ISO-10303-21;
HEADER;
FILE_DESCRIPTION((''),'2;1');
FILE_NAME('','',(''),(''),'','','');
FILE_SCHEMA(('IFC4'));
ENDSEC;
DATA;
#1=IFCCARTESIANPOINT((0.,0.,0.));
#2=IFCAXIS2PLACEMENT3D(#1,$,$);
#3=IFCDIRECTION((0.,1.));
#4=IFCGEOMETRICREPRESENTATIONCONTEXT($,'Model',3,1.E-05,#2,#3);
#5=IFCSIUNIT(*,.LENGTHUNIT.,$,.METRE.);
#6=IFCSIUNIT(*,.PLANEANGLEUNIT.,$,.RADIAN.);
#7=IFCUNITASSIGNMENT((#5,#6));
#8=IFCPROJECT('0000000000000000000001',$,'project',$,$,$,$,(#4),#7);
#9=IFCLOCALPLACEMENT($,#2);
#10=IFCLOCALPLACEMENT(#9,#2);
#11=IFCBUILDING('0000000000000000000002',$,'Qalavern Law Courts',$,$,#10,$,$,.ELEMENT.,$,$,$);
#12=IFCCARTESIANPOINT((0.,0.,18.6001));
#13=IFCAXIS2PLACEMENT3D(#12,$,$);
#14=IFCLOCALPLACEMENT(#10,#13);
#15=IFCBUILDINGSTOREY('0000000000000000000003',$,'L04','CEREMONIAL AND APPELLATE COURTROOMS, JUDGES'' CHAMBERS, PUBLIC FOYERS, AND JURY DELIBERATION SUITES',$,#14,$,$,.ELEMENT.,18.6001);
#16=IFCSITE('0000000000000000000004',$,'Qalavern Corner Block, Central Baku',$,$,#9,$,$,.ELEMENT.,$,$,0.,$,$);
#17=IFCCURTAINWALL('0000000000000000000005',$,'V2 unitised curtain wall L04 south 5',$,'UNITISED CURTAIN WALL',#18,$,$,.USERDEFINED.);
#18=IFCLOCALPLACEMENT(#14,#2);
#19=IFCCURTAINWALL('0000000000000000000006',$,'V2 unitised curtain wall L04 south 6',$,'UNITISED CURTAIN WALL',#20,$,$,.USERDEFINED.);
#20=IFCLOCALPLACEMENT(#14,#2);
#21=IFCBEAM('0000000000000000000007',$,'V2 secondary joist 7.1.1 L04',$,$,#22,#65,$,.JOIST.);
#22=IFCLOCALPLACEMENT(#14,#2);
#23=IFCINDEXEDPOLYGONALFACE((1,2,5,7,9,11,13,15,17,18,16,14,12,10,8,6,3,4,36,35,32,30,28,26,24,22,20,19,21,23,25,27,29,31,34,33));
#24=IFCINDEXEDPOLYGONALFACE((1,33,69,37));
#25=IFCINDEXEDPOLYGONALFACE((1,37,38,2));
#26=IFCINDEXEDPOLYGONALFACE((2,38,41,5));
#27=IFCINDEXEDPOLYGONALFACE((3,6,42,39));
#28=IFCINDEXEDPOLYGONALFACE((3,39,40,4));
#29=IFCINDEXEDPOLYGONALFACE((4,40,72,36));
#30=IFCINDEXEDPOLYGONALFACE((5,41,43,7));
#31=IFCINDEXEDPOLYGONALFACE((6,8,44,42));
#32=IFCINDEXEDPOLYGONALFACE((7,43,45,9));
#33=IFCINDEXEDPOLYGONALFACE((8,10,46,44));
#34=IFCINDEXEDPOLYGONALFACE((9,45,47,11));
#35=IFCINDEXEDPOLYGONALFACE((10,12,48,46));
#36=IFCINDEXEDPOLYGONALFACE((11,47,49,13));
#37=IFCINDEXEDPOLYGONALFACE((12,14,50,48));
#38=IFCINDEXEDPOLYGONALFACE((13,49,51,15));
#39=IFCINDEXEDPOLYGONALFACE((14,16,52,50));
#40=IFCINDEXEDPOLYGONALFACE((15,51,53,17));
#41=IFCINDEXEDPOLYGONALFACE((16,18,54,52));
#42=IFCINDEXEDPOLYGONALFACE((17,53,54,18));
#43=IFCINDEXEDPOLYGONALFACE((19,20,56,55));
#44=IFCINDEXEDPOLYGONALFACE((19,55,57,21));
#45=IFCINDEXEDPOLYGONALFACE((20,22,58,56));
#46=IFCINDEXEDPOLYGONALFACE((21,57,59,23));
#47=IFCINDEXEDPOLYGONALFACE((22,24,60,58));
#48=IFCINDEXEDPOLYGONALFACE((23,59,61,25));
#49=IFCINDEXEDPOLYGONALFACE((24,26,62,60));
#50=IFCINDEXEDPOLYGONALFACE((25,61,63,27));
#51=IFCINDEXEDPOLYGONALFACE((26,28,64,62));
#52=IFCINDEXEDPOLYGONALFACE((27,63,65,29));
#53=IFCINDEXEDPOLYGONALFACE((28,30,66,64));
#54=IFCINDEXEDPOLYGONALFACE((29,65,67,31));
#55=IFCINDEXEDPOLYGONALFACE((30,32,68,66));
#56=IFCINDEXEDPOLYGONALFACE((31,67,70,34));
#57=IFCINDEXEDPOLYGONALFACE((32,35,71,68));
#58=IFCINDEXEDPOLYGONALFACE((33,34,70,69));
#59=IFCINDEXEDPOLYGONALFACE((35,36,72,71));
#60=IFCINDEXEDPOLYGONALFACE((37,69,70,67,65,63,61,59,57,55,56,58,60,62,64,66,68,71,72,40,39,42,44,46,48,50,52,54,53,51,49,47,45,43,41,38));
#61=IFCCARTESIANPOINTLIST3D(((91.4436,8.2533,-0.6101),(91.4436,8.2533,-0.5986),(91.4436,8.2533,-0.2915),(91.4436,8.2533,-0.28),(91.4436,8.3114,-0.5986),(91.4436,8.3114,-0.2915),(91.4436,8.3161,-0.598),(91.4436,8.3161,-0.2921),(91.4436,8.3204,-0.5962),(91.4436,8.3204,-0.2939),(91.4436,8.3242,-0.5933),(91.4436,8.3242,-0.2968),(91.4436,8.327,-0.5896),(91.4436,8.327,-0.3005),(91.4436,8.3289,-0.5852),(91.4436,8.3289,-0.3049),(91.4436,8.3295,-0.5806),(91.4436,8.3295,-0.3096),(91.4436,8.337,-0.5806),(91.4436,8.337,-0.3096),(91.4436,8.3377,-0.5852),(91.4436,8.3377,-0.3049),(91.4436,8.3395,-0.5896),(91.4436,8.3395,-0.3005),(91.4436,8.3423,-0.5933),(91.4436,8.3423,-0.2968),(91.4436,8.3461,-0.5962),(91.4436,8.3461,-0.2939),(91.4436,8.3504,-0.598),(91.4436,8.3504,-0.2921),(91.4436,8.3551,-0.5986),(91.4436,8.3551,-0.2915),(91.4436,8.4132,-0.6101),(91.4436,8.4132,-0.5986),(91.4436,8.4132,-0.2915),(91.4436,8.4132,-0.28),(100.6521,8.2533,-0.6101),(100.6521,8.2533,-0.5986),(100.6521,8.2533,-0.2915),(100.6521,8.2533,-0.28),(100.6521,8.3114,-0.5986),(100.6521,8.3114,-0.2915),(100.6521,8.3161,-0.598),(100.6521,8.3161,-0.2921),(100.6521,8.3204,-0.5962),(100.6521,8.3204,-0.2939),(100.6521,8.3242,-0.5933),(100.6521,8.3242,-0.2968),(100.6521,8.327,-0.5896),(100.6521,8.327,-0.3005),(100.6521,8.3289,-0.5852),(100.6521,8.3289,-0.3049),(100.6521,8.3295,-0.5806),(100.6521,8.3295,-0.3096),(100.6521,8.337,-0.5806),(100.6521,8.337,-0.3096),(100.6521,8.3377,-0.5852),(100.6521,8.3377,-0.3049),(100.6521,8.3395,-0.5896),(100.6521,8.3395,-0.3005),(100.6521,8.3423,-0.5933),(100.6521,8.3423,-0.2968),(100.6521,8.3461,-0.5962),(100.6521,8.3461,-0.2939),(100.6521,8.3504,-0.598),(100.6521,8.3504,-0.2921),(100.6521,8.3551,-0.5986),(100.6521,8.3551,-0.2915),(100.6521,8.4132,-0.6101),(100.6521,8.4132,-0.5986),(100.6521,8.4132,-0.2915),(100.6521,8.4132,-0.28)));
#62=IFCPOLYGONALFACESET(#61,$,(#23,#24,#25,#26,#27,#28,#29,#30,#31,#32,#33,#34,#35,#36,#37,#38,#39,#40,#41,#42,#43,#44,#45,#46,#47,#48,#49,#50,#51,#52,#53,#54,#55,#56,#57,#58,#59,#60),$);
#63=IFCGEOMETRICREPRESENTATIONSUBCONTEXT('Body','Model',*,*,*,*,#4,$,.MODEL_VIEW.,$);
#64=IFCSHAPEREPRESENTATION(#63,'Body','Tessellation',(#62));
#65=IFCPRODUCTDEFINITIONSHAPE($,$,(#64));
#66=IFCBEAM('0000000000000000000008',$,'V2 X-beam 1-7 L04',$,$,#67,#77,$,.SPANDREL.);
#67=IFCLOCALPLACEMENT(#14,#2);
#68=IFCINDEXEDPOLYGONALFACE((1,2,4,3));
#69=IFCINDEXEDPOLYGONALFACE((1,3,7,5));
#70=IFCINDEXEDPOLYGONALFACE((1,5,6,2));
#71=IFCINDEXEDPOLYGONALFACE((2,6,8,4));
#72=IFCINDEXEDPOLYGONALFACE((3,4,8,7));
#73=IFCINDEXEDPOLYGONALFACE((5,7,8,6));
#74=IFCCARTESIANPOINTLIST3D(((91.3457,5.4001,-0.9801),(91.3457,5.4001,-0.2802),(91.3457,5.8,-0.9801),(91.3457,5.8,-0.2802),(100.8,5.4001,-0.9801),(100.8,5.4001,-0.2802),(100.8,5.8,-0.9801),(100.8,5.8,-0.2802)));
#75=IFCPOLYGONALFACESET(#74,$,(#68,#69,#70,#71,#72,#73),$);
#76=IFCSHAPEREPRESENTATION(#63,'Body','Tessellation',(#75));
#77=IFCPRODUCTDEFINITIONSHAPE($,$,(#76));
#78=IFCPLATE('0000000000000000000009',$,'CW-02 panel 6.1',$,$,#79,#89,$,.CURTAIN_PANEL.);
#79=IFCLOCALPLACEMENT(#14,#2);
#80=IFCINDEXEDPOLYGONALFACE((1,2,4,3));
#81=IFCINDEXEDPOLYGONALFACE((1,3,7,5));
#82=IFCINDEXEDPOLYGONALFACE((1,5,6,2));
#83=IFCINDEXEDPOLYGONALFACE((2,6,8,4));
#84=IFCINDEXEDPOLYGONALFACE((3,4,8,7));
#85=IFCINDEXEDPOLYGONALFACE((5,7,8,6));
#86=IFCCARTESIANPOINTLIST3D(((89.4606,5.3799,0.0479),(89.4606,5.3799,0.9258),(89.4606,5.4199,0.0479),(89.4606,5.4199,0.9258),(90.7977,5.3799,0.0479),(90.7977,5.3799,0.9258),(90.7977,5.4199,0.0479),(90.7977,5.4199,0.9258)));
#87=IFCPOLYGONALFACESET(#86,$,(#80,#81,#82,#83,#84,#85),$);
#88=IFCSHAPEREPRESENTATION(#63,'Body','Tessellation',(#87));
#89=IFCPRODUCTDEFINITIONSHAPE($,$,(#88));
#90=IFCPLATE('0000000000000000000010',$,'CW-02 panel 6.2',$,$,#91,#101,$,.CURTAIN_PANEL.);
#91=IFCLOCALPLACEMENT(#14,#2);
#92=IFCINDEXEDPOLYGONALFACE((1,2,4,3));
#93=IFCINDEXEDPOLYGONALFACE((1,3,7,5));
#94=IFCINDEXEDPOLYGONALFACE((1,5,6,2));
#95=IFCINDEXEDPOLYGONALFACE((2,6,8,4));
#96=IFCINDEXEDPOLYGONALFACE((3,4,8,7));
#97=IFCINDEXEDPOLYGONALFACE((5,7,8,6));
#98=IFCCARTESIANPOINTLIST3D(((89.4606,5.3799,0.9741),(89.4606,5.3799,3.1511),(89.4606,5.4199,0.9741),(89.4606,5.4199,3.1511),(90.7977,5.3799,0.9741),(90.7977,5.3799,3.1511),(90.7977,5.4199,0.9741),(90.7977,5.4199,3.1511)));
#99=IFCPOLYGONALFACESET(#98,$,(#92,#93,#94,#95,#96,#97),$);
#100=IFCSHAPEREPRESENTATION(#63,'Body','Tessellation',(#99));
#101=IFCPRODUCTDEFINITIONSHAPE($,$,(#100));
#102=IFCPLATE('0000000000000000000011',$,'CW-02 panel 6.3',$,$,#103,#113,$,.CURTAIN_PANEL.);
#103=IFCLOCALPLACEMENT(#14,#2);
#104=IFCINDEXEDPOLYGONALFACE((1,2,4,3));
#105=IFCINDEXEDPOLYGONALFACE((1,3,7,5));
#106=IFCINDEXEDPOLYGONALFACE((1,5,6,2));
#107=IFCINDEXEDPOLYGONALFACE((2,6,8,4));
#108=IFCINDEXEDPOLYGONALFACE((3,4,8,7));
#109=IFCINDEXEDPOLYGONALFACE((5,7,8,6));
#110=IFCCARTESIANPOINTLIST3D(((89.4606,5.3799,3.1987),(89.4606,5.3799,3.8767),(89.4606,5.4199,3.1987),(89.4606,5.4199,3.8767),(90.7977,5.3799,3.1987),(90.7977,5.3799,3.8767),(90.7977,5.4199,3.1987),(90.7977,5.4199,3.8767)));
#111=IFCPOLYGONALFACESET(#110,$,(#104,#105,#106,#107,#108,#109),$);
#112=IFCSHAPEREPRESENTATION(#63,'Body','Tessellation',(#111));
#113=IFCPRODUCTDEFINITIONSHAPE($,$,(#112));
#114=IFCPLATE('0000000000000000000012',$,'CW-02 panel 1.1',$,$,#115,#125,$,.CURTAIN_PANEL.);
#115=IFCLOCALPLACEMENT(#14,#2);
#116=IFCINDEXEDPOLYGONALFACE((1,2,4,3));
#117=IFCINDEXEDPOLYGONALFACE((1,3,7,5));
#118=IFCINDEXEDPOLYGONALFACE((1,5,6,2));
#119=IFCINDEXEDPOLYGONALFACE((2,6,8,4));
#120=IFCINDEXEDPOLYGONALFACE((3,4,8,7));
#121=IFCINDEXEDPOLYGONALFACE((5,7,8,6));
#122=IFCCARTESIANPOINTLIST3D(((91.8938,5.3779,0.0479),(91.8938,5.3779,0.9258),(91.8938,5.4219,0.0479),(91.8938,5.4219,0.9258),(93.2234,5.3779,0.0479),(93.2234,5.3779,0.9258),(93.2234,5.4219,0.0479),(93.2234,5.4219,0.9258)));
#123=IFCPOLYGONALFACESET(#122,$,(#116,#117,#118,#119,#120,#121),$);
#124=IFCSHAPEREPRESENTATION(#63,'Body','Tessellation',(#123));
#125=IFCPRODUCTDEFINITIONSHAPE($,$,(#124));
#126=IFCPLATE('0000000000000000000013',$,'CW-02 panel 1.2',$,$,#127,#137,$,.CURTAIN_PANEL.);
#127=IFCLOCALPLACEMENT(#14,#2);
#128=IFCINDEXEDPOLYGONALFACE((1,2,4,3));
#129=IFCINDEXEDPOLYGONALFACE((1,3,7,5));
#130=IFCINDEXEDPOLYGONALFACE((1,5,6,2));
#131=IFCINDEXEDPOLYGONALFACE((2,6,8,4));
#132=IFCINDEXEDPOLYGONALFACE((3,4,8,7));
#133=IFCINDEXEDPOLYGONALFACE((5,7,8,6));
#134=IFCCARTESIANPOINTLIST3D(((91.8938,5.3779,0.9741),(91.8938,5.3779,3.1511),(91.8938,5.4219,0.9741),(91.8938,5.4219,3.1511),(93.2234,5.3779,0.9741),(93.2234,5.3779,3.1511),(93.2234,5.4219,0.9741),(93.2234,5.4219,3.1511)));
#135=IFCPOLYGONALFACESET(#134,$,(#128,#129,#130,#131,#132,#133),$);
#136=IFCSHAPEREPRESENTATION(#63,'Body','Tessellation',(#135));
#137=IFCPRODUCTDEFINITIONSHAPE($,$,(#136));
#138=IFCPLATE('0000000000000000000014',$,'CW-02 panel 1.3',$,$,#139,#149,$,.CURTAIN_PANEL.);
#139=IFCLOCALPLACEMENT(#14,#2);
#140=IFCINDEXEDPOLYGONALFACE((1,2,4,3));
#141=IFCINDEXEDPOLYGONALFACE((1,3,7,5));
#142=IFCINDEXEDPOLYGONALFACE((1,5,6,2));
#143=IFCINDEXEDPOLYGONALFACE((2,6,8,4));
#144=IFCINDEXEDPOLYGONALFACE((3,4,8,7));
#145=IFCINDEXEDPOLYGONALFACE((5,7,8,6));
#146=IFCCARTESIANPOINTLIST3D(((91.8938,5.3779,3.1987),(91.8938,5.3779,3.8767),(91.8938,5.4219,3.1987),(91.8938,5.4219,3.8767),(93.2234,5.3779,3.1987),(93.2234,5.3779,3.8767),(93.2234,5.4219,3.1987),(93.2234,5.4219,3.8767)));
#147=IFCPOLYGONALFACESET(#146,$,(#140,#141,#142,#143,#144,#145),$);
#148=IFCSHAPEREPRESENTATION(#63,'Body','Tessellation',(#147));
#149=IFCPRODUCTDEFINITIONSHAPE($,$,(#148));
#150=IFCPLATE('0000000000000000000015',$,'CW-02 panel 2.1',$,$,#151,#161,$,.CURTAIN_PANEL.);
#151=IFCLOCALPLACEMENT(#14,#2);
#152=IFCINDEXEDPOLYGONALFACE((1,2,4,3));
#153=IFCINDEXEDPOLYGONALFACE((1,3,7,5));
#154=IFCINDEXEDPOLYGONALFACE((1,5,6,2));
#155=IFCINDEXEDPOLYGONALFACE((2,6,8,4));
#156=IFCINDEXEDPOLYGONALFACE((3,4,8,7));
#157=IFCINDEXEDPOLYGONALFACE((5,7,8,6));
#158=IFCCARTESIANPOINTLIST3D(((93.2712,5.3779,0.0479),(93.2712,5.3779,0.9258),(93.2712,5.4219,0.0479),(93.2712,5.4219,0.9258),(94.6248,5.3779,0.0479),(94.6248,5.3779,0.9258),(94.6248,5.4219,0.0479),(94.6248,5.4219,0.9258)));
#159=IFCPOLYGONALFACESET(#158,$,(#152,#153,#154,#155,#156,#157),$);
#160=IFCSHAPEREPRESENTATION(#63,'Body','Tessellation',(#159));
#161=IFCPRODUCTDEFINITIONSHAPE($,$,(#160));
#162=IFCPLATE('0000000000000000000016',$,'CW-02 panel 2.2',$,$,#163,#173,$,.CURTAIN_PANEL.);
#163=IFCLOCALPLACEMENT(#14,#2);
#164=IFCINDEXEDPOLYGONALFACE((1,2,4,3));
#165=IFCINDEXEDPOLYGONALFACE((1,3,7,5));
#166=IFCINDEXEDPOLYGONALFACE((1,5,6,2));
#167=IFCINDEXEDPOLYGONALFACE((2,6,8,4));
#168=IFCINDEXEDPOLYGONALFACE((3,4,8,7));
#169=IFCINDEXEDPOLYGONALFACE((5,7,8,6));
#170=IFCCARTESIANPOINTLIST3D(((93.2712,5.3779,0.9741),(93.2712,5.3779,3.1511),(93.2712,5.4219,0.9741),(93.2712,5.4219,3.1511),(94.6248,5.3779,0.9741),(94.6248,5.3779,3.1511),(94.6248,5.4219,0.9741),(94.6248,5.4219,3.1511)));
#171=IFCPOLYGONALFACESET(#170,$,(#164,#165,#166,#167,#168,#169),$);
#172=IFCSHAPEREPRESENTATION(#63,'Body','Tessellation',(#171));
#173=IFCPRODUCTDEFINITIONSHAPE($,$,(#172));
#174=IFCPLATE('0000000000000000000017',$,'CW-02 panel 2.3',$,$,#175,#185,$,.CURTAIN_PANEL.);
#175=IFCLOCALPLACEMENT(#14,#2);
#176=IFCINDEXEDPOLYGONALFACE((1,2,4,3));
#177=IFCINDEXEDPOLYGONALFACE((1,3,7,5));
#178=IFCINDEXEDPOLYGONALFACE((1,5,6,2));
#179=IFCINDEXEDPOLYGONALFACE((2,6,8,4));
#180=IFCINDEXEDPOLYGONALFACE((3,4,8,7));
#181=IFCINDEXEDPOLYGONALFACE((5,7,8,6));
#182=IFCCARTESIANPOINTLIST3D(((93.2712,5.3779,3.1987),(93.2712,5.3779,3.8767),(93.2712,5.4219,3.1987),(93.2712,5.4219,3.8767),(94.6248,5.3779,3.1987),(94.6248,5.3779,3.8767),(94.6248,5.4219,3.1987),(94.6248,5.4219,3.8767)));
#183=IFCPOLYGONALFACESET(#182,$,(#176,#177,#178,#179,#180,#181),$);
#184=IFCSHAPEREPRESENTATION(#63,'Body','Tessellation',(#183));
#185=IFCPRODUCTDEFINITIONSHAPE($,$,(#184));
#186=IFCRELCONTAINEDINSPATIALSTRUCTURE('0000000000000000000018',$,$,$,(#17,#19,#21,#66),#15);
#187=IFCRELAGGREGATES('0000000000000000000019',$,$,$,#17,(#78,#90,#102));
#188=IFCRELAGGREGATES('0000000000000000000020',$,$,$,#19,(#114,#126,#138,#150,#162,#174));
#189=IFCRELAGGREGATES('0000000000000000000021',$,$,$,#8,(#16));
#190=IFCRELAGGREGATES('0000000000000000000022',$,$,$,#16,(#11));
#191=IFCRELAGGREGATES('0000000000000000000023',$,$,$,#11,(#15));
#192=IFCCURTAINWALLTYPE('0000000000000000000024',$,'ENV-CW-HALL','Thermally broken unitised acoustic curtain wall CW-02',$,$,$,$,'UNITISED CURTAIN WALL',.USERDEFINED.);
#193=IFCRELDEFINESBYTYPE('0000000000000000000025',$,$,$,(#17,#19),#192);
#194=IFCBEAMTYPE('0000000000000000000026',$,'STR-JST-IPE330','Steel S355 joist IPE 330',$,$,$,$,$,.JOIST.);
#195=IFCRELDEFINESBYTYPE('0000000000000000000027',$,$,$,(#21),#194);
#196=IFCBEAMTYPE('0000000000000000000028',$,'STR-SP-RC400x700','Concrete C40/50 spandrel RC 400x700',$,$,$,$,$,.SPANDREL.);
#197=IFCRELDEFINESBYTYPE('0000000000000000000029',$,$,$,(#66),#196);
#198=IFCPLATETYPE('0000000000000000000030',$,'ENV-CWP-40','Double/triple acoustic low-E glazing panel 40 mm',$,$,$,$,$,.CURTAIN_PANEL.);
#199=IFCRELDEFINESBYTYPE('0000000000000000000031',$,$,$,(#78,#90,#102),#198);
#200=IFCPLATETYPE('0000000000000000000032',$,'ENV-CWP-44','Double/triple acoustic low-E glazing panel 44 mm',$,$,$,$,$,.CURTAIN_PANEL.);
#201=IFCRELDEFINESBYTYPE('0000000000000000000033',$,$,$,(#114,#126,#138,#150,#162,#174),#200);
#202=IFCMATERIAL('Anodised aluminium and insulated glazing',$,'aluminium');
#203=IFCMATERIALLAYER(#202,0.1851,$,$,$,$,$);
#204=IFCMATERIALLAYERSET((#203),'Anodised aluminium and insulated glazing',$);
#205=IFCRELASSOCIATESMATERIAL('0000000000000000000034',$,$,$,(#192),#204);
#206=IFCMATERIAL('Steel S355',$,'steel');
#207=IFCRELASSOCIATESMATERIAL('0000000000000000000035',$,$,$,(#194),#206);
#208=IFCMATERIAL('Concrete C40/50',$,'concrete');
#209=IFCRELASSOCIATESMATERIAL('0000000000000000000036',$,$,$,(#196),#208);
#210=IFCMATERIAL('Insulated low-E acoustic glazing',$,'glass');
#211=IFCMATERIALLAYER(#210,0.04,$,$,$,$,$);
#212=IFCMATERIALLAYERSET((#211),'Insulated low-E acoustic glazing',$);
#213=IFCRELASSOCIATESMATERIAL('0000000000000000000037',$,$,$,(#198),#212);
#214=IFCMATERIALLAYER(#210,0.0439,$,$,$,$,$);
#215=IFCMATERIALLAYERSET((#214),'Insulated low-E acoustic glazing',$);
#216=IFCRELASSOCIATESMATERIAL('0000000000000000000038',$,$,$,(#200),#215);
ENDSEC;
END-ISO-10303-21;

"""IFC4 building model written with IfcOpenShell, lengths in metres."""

from ifc_helpers import new_model, si_unit, direction, frame, origin, origin_2d, place, context, subcontext, project, spatial, rectangle, i_section, extrude, material, layer, layer_set, material_profile, profile_set, type_object, element, aggregate, save


model = new_model("IFC4")

# Units and contexts
model_context = context("Model", 3, precision=1e-05, world=origin(), true_north=direction((0.0, 1.0)))
body_context = subcontext(model_context, "Body", "Model", "MODEL_VIEW")
ifc_project = project(units=[si_unit("LENGTHUNIT", "METRE"), si_unit("PLANEANGLEUNIT", "RADIAN")], contexts=[model_context])

# Site, building, storey
site_placement = place(None, origin())
site = spatial("IfcSite", under=ifc_project, at=site_placement, Name="Qalavern Corner Block, Central Baku", CompositionType="ELEMENT", RefElevation=0.0)
building_placement = place(site_placement, origin())
building = spatial("IfcBuilding", under=site, at=building_placement, Name="Qalavern Law Courts", CompositionType="ELEMENT")
storey_placement = place(building_placement, frame((0.0, 0.0, 18.6001)))
storey = spatial("IfcBuildingStorey", under=building, at=storey_placement, Name="L04", Description="CEREMONIAL AND APPELLATE COURTROOMS, JUDGES' CHAMBERS, PUBLIC FOYERS, AND JURY DELIBERATION SUITES", CompositionType="ELEMENT", Elevation=18.6001)

# Curtain wall
ifc_material_1 = material(Name="Anodised aluminium and insulated glazing", Category="aluminium")
ifc_layer_1 = layer(ifc_material_1, 0.1851)
ifc_layer_set_1 = layer_set([ifc_layer_1], Name="Anodised aluminium and insulated glazing")
curtain_wall_type = type_object("IfcCurtainWallType", Name="ENV-CW-HALL", Description="Thermally broken unitised acoustic curtain wall CW-02", ElementType="UNITISED CURTAIN WALL", PredefinedType="USERDEFINED", material=ifc_layer_set_1)
curtain_wall_1_placement = place(storey_placement, origin())
curtain_wall_1 = element("IfcCurtainWall", 1, at=curtain_wall_1_placement, inside=storey, type_object=curtain_wall_type, Name="V2 unitised curtain wall L04 south 5", ObjectType="UNITISED CURTAIN WALL", PredefinedType="USERDEFINED")

# Curtain wall
curtain_wall_2_placement = place(storey_placement, origin())
curtain_wall_2 = element("IfcCurtainWall", 2, at=curtain_wall_2_placement, inside=storey, type_object=curtain_wall_type, Name="V2 unitised curtain wall L04 south 6", ObjectType="UNITISED CURTAIN WALL", PredefinedType="USERDEFINED")

# Beams
ifc_material_2 = material(Name="Steel S355", Category="steel")
ifc_material_profile_1 = material_profile(ifc_material_2, i_section(OverallWidth=0.1599, OverallDepth=0.3301, WebThickness=0.0076, FlangeThickness=0.0115, FilletRadius=0.0181, at=origin_2d()), Name="IPE 330")
ifc_profile_set_1 = profile_set([ifc_material_profile_1], Name="Steel S355")
beam_type_1 = type_object("IfcBeamType", Name="STR-JST-IPE330", Description="Steel S355 joist IPE 330", PredefinedType="JOIST", material=ifc_profile_set_1)
beam_1_placement = place(storey_placement, frame((91.4436, 8.3333, -0.4451), z_axis=(1.0, 0.0, 0.0), x_axis=(0.0, 1.0, 0.0)))
element("IfcBeam", 3, at=beam_1_placement, inside=storey, type_object=beam_type_1, Name="V2 secondary joist 7.1.1 L04", PredefinedType="JOIST", context=body_context, shape_type="SweptSolid", body=[
    extrude(i_section(OverallWidth=0.1599, OverallDepth=0.3301, WebThickness=0.0076, FlangeThickness=0.0115, FilletRadius=0.0181, at=origin_2d()), origin(), (0.0, 0.0, 1.0), 9.2085),
])
ifc_material_3 = material(Name="Concrete C40/50", Category="concrete")
ifc_material_profile_2 = material_profile(ifc_material_3, rectangle(XDim=0.3999, YDim=0.7, at=origin_2d()), Name="RC 400x700")
ifc_profile_set_2 = profile_set([ifc_material_profile_2], Name="Concrete C40/50")
beam_type_2 = type_object("IfcBeamType", Name="STR-SP-RC400x700", Description="Concrete C40/50 spandrel RC 400x700", PredefinedType="SPANDREL", material=ifc_profile_set_2)
beam_2_placement = place(storey_placement, frame((91.3457, 5.6001, -0.6301), z_axis=(1.0, 0.0, 0.0), x_axis=(0.0, 1.0, 0.0)))
element("IfcBeam", 4, at=beam_2_placement, inside=storey, type_object=beam_type_2, Name="V2 X-beam 1-7 L04", PredefinedType="SPANDREL", context=body_context, shape_type="SweptSolid", body=[
    extrude(rectangle(XDim=0.3999, YDim=0.7, at=origin_2d()), origin(), (0.0, 0.0, 1.0), 9.4543),
])

# Plates
ifc_material_4 = material(Name="Insulated low-E acoustic glazing", Category="glass")
ifc_layer_2 = layer(ifc_material_4, 0.04)
ifc_layer_set_2 = layer_set([ifc_layer_2], Name="Insulated low-E acoustic glazing")
plate_type_1 = type_object("IfcPlateType", Name="ENV-CWP-40", Description="Double/triple acoustic low-E glazing panel 40 mm", PredefinedType="CURTAIN_PANEL", material=ifc_layer_set_2)
plate_1_placement = place(storey_placement, frame((90.1292, 5.3999, 0.0479), z_axis=(0.0, 0.0, 1.0), x_axis=(1.0, 0.0, 0.0)))
plate_1 = element("IfcPlate", 5, at=plate_1_placement, type_object=plate_type_1, Name="CW-02 panel 6.1", PredefinedType="CURTAIN_PANEL", context=body_context, shape_type="SweptSolid", body=[
    extrude(rectangle(XDim=1.3372, YDim=0.04, at=origin_2d()), origin(), (0.0, 0.0, 1.0), 0.8779),
])
plate_2_placement = place(storey_placement, frame((90.1292, 5.3999, 0.9741), z_axis=(0.0, 0.0, 1.0), x_axis=(1.0, 0.0, 0.0)))
plate_2 = element("IfcPlate", 6, at=plate_2_placement, type_object=plate_type_1, Name="CW-02 panel 6.2", PredefinedType="CURTAIN_PANEL", context=body_context, shape_type="SweptSolid", body=[
    extrude(rectangle(XDim=1.3372, YDim=0.04, at=origin_2d()), origin(), (0.0, 0.0, 1.0), 2.177),
])
plate_3_placement = place(storey_placement, frame((90.1292, 5.3999, 3.1987), z_axis=(0.0, 0.0, 1.0), x_axis=(1.0, 0.0, 0.0)))
plate_3 = element("IfcPlate", 7, at=plate_3_placement, type_object=plate_type_1, Name="CW-02 panel 6.3", PredefinedType="CURTAIN_PANEL", context=body_context, shape_type="SweptSolid", body=[
    extrude(rectangle(XDim=1.3372, YDim=0.04, at=origin_2d()), origin(), (0.0, 0.0, 1.0), 0.678),
])
aggregate(curtain_wall_1, [plate_1, plate_2, plate_3])
ifc_layer_3 = layer(ifc_material_4, 0.0439)
ifc_layer_set_3 = layer_set([ifc_layer_3], Name="Insulated low-E acoustic glazing")
plate_type_2 = type_object("IfcPlateType", Name="ENV-CWP-44", Description="Double/triple acoustic low-E glazing panel 44 mm", PredefinedType="CURTAIN_PANEL", material=ifc_layer_set_3)
plate_4_placement = place(storey_placement, frame((92.5586, 5.3999, 0.0479), z_axis=(0.0, 0.0, 1.0), x_axis=(1.0, 0.0, 0.0)))
plate_4 = element("IfcPlate", 8, at=plate_4_placement, type_object=plate_type_2, Name="CW-02 panel 1.1", PredefinedType="CURTAIN_PANEL", context=body_context, shape_type="SweptSolid", body=[
    extrude(rectangle(XDim=1.3296, YDim=0.0439, at=origin_2d()), origin(), (0.0, 0.0, 1.0), 0.8779),
])
plate_5_placement = place(storey_placement, frame((92.5586, 5.3999, 0.9741), z_axis=(0.0, 0.0, 1.0), x_axis=(1.0, 0.0, 0.0)))
plate_5 = element("IfcPlate", 9, at=plate_5_placement, type_object=plate_type_2, Name="CW-02 panel 1.2", PredefinedType="CURTAIN_PANEL", context=body_context, shape_type="SweptSolid", body=[
    extrude(rectangle(XDim=1.3296, YDim=0.0439, at=origin_2d()), origin(), (0.0, 0.0, 1.0), 2.177),
])
plate_6_placement = place(storey_placement, frame((92.5586, 5.3999, 3.1987), z_axis=(0.0, 0.0, 1.0), x_axis=(1.0, 0.0, 0.0)))
plate_6 = element("IfcPlate", 10, at=plate_6_placement, type_object=plate_type_2, Name="CW-02 panel 1.3", PredefinedType="CURTAIN_PANEL", context=body_context, shape_type="SweptSolid", body=[
    extrude(rectangle(XDim=1.3296, YDim=0.0439, at=origin_2d()), origin(), (0.0, 0.0, 1.0), 0.678),
])
plate_7_placement = place(storey_placement, frame((93.948, 5.3999, 0.0479), z_axis=(0.0, 0.0, 1.0), x_axis=(1.0, 0.0, 0.0)))
plate_7 = element("IfcPlate", 11, at=plate_7_placement, type_object=plate_type_2, Name="CW-02 panel 2.1", PredefinedType="CURTAIN_PANEL", context=body_context, shape_type="SweptSolid", body=[
    extrude(rectangle(XDim=1.3535, YDim=0.0439, at=origin_2d()), origin(), (0.0, 0.0, 1.0), 0.8779),
])
plate_8_placement = place(storey_placement, frame((93.948, 5.3999, 0.9741), z_axis=(0.0, 0.0, 1.0), x_axis=(1.0, 0.0, 0.0)))
plate_8 = element("IfcPlate", 12, at=plate_8_placement, type_object=plate_type_2, Name="CW-02 panel 2.2", PredefinedType="CURTAIN_PANEL", context=body_context, shape_type="SweptSolid", body=[
    extrude(rectangle(XDim=1.3535, YDim=0.0439, at=origin_2d()), origin(), (0.0, 0.0, 1.0), 2.177),
])
plate_9_placement = place(storey_placement, frame((93.948, 5.3999, 3.1987), z_axis=(0.0, 0.0, 1.0), x_axis=(1.0, 0.0, 0.0)))
plate_9 = element("IfcPlate", 13, at=plate_9_placement, type_object=plate_type_2, Name="CW-02 panel 2.3", PredefinedType="CURTAIN_PANEL", context=body_context, shape_type="SweptSolid", body=[
    extrude(rectangle(XDim=1.3535, YDim=0.0439, at=origin_2d()), origin(), (0.0, 0.0, 1.0), 0.678),
])
aggregate(curtain_wall_2, [plate_4, plate_5, plate_6, plate_7, plate_8, plate_9])

save(model, "model.ifc")
